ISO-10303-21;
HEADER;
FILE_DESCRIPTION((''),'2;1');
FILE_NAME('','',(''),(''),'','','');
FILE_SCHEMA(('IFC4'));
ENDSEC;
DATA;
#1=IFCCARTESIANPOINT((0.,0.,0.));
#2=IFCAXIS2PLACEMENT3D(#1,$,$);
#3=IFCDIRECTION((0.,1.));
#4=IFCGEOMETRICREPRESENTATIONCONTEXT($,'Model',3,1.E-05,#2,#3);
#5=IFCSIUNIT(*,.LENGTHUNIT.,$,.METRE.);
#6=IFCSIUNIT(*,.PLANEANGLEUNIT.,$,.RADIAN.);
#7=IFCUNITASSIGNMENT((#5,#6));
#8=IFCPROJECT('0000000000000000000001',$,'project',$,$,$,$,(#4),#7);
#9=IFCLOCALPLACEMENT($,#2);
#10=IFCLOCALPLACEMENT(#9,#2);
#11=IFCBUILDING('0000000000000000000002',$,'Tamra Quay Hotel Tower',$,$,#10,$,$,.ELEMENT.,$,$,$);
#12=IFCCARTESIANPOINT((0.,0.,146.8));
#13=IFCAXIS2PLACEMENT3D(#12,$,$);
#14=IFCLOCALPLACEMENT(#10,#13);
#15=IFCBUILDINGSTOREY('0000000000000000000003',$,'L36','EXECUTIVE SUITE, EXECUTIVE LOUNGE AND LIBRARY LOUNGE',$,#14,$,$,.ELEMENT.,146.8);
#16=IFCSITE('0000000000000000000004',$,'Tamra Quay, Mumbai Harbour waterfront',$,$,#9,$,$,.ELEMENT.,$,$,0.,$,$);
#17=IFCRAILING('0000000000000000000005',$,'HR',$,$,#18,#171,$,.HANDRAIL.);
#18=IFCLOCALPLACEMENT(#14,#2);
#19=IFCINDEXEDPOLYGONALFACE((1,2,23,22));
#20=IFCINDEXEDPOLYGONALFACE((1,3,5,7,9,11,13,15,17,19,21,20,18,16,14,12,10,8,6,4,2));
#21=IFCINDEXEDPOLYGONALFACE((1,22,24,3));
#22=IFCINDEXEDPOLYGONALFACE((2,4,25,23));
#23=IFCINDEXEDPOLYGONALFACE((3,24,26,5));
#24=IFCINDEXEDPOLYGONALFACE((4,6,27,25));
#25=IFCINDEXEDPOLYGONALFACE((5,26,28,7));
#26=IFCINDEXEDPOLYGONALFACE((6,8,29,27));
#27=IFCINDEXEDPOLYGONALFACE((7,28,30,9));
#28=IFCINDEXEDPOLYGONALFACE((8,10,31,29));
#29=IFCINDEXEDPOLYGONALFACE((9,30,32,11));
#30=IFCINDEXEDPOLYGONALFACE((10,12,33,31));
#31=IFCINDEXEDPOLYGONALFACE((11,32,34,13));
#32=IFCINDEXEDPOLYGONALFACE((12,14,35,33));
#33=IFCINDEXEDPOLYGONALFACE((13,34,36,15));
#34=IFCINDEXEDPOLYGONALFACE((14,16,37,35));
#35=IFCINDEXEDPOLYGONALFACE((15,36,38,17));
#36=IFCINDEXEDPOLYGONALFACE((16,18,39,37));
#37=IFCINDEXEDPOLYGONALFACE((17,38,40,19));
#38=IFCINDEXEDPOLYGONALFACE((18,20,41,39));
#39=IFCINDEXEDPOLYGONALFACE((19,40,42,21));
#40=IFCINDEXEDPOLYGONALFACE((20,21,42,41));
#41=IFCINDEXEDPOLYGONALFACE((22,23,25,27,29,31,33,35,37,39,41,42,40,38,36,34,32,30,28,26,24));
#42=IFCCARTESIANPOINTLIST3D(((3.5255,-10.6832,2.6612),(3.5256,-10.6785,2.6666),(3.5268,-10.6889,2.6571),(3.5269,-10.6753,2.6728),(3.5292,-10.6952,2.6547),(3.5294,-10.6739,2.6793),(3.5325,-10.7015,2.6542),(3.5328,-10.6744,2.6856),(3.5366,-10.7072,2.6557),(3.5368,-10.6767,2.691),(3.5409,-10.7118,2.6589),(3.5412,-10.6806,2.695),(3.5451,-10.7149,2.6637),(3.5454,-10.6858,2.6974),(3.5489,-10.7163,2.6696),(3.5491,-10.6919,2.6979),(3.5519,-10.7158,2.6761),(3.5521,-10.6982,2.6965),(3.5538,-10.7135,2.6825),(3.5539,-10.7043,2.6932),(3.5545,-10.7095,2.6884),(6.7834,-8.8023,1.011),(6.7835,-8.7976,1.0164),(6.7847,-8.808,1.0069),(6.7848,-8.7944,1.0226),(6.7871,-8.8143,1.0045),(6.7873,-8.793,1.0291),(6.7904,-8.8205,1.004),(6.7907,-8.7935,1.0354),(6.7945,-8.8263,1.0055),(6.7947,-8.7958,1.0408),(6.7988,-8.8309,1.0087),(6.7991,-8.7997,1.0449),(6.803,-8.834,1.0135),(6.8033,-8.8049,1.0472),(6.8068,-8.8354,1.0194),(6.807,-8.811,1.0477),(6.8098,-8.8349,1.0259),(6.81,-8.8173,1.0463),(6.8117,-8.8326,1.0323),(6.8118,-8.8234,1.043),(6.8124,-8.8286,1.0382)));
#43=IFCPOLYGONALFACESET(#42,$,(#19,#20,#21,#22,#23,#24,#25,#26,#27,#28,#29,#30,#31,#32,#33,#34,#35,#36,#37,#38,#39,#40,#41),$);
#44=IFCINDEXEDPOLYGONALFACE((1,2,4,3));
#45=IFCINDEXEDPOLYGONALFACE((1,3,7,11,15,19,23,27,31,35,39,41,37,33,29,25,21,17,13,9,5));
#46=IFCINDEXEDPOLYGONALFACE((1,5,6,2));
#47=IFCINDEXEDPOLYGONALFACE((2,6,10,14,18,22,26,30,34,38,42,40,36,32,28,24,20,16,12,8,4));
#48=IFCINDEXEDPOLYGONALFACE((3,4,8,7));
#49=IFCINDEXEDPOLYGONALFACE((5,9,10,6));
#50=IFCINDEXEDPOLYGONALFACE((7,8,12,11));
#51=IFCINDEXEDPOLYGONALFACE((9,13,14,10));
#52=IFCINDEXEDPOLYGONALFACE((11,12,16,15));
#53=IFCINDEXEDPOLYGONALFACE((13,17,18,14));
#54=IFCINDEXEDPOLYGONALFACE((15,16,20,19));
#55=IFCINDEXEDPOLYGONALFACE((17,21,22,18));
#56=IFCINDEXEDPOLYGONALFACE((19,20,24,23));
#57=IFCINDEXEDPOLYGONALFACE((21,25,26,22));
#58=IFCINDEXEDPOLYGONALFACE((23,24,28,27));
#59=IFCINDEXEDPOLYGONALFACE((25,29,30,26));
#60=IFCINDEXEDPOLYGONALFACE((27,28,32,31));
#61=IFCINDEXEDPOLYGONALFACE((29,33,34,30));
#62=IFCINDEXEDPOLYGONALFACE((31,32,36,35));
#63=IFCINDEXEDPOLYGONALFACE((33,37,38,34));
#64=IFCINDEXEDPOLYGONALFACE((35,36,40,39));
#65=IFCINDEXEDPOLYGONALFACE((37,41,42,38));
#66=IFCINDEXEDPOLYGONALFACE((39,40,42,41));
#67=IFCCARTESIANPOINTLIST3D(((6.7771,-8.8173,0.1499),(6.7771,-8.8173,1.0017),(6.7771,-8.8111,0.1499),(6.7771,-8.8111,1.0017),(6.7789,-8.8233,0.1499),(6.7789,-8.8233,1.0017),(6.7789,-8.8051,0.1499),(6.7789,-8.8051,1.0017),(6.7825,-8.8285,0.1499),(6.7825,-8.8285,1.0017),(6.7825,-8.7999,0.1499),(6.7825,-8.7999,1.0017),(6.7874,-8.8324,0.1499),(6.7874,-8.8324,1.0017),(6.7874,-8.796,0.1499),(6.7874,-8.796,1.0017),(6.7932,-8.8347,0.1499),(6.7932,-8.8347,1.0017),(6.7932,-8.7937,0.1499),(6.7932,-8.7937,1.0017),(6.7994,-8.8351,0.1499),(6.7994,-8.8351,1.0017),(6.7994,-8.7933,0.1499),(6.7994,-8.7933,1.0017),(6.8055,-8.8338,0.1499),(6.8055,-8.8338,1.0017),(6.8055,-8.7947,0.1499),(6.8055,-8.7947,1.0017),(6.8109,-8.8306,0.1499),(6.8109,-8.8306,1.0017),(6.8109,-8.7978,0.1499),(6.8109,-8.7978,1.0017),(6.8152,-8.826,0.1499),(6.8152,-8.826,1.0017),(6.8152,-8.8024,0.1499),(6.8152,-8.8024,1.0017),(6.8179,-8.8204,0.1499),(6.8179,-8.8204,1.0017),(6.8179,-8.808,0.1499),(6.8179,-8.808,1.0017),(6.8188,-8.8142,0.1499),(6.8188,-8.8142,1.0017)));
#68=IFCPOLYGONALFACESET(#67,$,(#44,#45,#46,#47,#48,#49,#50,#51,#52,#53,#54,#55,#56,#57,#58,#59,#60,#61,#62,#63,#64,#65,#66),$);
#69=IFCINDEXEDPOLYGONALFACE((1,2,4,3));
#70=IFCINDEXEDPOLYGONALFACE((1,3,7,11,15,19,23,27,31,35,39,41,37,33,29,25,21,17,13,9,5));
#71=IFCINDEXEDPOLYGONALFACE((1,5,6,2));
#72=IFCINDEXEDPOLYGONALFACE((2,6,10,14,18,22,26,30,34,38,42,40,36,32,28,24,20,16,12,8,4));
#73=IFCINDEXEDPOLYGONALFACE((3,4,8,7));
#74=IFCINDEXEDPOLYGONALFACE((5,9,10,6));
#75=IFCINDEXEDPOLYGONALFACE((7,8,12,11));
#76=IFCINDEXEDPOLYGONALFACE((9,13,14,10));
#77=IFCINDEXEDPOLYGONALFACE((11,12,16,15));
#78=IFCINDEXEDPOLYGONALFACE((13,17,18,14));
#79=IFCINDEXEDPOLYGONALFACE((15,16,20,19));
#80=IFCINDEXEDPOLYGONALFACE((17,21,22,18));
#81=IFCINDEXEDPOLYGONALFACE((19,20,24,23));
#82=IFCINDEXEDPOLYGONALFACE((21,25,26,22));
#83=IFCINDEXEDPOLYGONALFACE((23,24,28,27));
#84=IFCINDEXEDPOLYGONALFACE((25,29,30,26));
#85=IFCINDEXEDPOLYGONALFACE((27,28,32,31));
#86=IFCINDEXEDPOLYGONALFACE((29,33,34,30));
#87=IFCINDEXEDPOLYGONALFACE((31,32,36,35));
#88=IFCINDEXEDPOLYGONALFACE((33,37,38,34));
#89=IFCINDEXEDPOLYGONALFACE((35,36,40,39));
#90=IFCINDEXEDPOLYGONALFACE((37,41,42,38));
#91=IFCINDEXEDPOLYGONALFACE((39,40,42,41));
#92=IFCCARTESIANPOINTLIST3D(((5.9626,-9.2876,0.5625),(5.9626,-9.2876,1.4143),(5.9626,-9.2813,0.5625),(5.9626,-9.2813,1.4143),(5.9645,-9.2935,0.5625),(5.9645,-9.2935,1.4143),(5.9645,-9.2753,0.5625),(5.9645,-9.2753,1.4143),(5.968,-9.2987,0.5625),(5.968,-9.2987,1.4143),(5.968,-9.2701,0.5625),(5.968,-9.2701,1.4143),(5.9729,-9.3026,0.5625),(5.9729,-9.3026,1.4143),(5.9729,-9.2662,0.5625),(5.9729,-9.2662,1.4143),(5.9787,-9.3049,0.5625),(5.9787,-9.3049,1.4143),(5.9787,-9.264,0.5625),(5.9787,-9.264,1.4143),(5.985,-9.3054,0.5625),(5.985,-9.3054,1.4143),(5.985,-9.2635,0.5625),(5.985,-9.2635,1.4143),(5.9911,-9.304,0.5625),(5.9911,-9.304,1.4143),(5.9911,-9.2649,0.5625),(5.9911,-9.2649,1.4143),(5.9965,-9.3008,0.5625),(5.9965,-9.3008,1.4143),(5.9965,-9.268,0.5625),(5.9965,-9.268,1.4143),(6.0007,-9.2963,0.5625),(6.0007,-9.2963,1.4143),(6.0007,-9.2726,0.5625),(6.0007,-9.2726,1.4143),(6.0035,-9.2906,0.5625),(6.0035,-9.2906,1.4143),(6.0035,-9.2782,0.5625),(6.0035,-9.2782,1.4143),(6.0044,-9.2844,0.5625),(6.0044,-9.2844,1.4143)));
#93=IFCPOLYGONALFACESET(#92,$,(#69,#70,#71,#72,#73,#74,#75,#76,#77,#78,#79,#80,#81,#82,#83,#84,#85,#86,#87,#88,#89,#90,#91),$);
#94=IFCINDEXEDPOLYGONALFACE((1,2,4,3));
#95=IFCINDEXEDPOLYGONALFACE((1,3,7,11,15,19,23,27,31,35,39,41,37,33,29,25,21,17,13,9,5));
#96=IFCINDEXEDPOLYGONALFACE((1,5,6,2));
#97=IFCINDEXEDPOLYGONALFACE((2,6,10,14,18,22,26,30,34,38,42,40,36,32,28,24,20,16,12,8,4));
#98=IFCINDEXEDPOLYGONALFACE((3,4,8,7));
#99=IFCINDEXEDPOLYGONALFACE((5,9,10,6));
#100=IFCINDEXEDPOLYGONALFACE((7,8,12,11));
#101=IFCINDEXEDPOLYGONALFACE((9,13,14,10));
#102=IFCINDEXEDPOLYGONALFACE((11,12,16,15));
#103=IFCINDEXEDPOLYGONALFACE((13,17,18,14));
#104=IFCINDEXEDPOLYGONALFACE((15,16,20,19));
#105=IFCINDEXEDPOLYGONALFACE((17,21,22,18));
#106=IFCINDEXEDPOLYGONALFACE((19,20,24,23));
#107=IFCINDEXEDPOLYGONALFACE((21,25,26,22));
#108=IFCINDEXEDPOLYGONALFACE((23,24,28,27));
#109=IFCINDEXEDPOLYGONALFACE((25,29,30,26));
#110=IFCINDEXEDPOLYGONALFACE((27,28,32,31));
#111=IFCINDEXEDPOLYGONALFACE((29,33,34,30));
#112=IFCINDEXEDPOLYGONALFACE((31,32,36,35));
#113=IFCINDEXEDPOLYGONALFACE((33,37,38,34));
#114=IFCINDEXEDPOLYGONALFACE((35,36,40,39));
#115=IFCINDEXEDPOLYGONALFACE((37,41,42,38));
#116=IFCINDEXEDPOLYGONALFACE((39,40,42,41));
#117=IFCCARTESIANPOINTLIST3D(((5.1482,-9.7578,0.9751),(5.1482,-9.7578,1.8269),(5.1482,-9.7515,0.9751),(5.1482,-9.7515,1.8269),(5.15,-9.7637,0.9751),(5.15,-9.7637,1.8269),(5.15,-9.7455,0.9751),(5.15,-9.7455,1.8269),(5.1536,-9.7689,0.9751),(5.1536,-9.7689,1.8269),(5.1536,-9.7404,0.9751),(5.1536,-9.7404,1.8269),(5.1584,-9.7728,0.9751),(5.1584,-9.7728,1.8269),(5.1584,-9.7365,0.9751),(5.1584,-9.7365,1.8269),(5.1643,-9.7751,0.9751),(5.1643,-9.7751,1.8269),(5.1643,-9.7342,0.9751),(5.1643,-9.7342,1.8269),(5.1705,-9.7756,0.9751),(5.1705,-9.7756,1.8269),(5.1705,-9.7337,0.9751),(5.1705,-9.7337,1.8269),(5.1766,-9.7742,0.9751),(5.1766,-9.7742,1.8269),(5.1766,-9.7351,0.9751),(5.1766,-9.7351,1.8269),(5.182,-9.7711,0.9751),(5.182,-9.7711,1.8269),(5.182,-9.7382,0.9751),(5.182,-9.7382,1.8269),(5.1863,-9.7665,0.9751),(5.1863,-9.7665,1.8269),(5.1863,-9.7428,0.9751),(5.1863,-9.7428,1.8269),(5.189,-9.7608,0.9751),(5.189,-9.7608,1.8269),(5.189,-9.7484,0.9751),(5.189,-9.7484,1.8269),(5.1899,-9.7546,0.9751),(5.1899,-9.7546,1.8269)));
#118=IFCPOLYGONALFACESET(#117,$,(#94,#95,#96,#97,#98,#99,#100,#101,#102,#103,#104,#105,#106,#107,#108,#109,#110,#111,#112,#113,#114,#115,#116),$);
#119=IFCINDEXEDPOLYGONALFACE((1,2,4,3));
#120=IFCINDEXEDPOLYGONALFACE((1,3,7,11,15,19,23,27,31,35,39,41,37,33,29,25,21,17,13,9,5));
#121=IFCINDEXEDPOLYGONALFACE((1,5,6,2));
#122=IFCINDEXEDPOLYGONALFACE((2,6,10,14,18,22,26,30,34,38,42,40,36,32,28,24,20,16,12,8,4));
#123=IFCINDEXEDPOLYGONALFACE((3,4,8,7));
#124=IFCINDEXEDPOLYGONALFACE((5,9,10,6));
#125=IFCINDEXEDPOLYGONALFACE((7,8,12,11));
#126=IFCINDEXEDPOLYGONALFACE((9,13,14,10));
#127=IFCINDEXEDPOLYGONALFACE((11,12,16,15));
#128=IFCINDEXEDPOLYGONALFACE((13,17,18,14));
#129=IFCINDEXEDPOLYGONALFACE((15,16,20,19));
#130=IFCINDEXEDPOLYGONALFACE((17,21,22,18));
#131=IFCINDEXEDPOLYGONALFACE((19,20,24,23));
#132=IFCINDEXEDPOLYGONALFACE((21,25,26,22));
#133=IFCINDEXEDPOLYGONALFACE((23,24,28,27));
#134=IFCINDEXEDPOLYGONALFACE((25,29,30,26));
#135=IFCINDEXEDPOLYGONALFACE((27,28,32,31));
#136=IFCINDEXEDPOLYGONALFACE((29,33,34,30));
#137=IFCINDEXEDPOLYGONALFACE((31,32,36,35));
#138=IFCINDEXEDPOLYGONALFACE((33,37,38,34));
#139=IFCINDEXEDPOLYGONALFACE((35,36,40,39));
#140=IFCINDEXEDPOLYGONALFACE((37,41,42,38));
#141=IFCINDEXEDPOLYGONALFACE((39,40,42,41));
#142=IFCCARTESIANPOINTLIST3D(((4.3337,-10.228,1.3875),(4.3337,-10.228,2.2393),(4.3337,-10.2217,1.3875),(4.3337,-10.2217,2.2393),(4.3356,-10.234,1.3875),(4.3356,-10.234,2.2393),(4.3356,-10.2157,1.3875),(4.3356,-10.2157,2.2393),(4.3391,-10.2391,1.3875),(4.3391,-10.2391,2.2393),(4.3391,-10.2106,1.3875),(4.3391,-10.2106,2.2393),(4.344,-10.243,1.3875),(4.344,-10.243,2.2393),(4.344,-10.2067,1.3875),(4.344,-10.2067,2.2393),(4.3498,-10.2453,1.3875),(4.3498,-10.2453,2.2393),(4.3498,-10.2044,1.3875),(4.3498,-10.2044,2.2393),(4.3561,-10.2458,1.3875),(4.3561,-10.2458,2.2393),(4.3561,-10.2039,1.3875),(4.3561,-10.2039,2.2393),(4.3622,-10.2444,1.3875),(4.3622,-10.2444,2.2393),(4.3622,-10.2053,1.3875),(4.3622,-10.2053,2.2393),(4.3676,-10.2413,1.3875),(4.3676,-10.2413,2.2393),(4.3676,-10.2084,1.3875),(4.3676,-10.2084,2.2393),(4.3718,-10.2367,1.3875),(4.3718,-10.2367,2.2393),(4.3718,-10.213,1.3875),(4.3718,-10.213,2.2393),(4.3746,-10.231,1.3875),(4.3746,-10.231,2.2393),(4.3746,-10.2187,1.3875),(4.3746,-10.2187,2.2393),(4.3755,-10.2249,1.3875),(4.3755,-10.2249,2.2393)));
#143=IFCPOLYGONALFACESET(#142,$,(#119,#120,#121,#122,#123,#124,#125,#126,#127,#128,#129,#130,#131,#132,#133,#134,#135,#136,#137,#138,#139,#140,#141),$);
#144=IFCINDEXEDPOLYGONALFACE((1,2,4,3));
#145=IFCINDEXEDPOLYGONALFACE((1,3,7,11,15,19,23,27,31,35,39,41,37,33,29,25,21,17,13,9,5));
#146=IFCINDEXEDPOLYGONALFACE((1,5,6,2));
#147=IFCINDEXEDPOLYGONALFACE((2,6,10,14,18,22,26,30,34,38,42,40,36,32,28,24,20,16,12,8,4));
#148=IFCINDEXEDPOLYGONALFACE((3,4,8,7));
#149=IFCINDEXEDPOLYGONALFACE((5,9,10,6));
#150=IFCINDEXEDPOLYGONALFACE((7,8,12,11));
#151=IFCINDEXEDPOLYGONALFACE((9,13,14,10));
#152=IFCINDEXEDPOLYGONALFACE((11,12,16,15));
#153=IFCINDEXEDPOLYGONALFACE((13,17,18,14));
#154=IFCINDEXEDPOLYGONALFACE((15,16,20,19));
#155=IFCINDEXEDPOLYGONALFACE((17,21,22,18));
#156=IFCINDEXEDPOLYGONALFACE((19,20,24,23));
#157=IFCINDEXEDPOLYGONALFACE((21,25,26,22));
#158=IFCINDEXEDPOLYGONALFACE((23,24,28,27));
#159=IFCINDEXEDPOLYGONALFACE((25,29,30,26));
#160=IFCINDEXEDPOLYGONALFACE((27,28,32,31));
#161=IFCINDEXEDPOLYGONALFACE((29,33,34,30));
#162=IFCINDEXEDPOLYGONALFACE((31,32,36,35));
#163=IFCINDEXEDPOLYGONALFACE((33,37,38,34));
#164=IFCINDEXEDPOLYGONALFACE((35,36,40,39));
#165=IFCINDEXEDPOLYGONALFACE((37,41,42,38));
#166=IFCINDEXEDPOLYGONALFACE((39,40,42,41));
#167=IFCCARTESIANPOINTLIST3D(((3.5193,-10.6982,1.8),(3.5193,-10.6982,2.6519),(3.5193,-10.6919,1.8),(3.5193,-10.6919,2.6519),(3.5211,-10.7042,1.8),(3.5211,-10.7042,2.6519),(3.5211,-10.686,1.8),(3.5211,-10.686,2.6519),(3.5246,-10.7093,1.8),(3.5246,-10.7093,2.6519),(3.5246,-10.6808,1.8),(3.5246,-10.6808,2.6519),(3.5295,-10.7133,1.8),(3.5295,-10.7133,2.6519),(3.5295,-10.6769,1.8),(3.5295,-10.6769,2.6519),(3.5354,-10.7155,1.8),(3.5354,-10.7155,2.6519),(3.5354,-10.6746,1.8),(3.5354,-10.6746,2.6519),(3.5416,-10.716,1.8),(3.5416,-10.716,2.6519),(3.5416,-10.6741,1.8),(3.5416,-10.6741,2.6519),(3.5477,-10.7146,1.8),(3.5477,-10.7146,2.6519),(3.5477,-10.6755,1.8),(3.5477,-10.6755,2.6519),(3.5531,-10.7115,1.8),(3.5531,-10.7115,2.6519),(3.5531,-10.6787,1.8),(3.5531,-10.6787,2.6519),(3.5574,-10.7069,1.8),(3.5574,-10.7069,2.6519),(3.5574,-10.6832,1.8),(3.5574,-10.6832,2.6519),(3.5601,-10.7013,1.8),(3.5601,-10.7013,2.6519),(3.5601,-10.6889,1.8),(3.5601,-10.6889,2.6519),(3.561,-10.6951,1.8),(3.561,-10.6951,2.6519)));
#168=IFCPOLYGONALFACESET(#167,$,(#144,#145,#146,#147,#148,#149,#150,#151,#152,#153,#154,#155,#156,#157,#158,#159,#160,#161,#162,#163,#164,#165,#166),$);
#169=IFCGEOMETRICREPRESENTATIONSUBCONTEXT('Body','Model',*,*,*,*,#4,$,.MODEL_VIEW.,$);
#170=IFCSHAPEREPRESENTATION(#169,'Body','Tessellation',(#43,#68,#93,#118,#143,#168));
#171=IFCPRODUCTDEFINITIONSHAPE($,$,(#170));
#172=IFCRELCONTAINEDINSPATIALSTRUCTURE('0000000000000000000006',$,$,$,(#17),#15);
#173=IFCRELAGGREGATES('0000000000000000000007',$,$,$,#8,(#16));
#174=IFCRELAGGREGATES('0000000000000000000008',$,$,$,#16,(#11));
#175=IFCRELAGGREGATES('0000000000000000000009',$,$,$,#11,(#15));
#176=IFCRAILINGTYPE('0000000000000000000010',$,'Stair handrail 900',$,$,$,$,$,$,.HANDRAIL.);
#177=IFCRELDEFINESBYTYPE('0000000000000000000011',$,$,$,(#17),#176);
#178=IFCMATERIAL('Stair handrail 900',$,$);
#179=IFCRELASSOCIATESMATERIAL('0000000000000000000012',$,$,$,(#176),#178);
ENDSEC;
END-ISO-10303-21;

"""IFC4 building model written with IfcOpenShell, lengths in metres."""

from ifc_helpers import new_model, si_unit, direction, frame, origin, origin_2d, place, context, subcontext, project, spatial, circle, extrude, material, type_object, element, save


model = new_model("IFC4")

# Units and contexts
model_context = context("Model", 3, precision=1e-05, world=origin(), true_north=direction((0.0, 1.0)))
body_context = subcontext(model_context, "Body", "Model", "MODEL_VIEW")
ifc_project = project(units=[si_unit("LENGTHUNIT", "METRE"), si_unit("PLANEANGLEUNIT", "RADIAN")], contexts=[model_context])

# Site, building, storey
site_placement = place(None, origin())
site = spatial("IfcSite", under=ifc_project, at=site_placement, Name="Tamra Quay, Mumbai Harbour waterfront", CompositionType="ELEMENT", RefElevation=0.0)
building_placement = place(site_placement, origin())
building = spatial("IfcBuilding", under=site, at=building_placement, Name="Tamra Quay Hotel Tower", CompositionType="ELEMENT")
storey_placement = place(building_placement, frame((0.0, 0.0, 146.8)))
storey = spatial("IfcBuildingStorey", under=building, at=storey_placement, Name="L36", Description="EXECUTIVE SUITE, EXECUTIVE LOUNGE AND LIBRARY LOUNGE", CompositionType="ELEMENT", Elevation=146.8)

# Railing
ifc_material_1 = material(Name="Stair handrail 900")
railing_type_1 = type_object("IfcRailingType", Name="Stair handrail 900", PredefinedType="HANDRAIL", material=ifc_material_1)
railing_1_placement = place(storey_placement, frame((6.7979, -8.8142, 0.1499)))
element("IfcRailing", 1, at=railing_1_placement, inside=storey, type_object=railing_type_1, Name="HR", PredefinedType="HANDRAIL", context=body_context, shape_type="SweptSolid", body=[
    extrude(circle(Radius=0.0239, at=origin_2d()), frame((0.0, 0.0, 0.876), z_axis=(-0.793081, -0.457876, 0.401711), x_axis=(0.499992, -0.86603, 0.0)), (0.0, 0.0, 1.0), 4.1079),
    extrude(circle(Radius=0.021, at=origin_2d()), origin(), (0.0, 0.0, 1.0), 0.8518),
    extrude(circle(Radius=0.021, at=origin_2d()), frame((-0.8145, -0.4702, 0.4126)), (0.0, 0.0, 1.0), 0.8518),
    extrude(circle(Radius=0.021, at=origin_2d()), frame((-1.6289, -0.9404, 0.8252)), (0.0, 0.0, 1.0), 0.8518),
    extrude(circle(Radius=0.021, at=origin_2d()), frame((-2.4434, -1.4106, 1.2375)), (0.0, 0.0, 1.0), 0.8518),
    extrude(circle(Radius=0.021, at=origin_2d()), frame((-3.2578, -1.8809, 1.6501)), (0.0, 0.0, 1.0), 0.8518),
])

save(model, "model.ifc")
